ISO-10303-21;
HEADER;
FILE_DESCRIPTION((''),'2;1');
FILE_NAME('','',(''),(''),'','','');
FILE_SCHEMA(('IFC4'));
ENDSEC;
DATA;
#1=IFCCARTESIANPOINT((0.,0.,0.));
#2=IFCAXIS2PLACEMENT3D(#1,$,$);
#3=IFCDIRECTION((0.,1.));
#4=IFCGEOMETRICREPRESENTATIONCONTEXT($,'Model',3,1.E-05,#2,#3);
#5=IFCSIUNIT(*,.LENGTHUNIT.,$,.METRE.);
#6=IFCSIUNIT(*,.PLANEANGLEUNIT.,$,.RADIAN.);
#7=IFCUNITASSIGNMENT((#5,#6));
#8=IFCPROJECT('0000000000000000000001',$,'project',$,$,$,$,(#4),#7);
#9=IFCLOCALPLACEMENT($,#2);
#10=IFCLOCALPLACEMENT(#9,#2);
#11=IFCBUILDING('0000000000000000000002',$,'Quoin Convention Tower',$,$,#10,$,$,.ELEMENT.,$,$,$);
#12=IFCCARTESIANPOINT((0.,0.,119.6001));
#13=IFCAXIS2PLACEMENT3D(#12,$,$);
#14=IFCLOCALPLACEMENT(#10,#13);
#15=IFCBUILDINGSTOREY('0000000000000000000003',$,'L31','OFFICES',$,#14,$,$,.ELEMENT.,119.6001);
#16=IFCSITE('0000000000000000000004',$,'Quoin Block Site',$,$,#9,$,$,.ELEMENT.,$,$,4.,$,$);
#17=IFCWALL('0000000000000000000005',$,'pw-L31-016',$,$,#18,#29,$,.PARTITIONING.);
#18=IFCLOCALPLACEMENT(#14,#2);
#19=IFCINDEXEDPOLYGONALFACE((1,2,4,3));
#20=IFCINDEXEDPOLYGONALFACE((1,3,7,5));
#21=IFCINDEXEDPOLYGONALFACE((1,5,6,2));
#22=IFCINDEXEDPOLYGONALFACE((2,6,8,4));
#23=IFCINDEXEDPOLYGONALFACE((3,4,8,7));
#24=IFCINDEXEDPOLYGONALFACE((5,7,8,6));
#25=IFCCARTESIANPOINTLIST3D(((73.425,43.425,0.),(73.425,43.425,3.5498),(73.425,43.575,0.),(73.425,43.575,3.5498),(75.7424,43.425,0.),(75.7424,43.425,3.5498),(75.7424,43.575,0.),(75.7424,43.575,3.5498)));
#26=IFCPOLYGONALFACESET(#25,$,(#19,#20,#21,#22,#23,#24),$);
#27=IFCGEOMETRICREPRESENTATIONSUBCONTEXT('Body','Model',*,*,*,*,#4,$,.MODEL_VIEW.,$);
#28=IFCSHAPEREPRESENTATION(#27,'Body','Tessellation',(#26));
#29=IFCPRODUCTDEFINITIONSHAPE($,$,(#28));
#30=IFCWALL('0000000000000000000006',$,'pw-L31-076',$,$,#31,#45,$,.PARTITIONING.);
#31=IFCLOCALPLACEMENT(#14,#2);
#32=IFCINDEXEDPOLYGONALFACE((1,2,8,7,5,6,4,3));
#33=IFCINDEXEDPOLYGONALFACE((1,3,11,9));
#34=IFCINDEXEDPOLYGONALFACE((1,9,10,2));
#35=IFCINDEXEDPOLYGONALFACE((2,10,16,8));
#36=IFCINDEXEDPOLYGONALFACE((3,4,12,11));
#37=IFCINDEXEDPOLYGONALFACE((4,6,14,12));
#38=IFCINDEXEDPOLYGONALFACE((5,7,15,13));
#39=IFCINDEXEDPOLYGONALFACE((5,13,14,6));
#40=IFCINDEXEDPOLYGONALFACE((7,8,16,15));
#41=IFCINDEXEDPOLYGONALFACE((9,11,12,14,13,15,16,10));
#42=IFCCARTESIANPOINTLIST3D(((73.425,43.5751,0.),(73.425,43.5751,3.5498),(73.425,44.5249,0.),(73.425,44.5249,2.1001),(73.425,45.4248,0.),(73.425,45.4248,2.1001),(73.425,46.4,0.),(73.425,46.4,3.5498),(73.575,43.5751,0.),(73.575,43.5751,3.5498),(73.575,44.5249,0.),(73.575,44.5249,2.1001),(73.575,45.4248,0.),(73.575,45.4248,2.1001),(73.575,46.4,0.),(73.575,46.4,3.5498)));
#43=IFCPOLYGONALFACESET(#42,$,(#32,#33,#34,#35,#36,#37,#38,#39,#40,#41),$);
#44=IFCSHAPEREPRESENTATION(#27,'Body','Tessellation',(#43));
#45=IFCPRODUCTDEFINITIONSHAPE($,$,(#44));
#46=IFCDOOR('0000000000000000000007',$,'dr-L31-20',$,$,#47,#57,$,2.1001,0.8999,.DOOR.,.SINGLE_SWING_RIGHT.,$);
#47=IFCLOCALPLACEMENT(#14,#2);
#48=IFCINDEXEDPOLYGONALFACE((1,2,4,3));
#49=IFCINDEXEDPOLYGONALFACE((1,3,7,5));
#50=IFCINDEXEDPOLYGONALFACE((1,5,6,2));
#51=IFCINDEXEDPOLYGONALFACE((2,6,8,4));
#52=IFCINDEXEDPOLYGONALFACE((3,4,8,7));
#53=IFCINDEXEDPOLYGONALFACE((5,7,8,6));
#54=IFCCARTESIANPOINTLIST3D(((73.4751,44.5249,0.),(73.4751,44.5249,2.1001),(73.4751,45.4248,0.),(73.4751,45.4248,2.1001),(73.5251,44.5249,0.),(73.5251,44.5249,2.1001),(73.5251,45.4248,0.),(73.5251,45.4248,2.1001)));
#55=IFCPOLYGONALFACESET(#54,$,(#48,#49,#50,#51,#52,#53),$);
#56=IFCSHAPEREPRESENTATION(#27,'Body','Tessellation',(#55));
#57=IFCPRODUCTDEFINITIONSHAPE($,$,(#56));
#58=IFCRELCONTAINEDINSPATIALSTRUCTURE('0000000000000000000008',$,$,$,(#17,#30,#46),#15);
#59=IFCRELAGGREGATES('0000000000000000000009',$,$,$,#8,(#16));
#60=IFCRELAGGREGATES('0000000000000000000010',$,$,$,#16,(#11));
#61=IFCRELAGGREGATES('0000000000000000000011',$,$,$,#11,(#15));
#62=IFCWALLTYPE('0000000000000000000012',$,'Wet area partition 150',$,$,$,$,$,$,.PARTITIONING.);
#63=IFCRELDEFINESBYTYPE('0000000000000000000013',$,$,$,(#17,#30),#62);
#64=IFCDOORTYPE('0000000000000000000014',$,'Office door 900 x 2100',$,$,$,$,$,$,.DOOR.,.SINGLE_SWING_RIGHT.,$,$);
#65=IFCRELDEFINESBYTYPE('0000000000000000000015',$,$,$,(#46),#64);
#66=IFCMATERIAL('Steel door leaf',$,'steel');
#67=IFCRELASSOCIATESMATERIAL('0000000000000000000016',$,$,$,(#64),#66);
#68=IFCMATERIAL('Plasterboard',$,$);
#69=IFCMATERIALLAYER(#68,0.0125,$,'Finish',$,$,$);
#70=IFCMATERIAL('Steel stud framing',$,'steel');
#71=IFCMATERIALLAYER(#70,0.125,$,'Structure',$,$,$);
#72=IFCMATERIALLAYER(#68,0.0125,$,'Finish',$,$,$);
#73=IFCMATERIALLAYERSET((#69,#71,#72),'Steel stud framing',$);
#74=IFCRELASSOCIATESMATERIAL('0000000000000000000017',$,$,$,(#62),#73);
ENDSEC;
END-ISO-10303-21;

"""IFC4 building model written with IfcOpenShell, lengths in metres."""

from ifc_helpers import new_model, si_unit, direction, frame, frame_2d, origin, place, context, subcontext, project, spatial, rectangle, extrude, material, layer, layer_set, type_object, element, fill, save


model = new_model("IFC4")

# Units and contexts
model_context = context("Model", 3, precision=1e-05, world=origin(), true_north=direction((0.0, 1.0)))
body_context = subcontext(model_context, "Body", "Model", "MODEL_VIEW")
ifc_project = project(units=[si_unit("LENGTHUNIT", "METRE"), si_unit("PLANEANGLEUNIT", "RADIAN")], contexts=[model_context])

# Site, building, storey
site_placement = place(None, origin())
site = spatial("IfcSite", under=ifc_project, at=site_placement, Name="Quoin Block Site", CompositionType="ELEMENT", RefElevation=4.0)
building_placement = place(site_placement, origin())
building = spatial("IfcBuilding", under=site, at=building_placement, Name="Quoin Convention Tower", CompositionType="ELEMENT")
storey_placement = place(building_placement, frame((0.0, 0.0, 119.6001)))
storey = spatial("IfcBuildingStorey", under=building, at=storey_placement, Name="L31", Description="OFFICES", CompositionType="ELEMENT", Elevation=119.6001)

# Shared definitions
ifc_material_1 = material(Name="Plasterboard")
ifc_material_2 = material(Name="Steel stud framing", Category="steel")
ifc_material_3 = material(Name="Steel door leaf", Category="steel")
door_type_1 = type_object("IfcDoorType", Name="Office door 900 x 2100", OperationType="SINGLE_SWING_RIGHT", PredefinedType="DOOR", material=ifc_material_3)

# Wall
ifc_layer_1 = layer(ifc_material_1, 0.0125, Name="Finish")
ifc_layer_2 = layer(ifc_material_2, 0.125, Name="Structure")
ifc_layer_3 = layer(ifc_material_1, 0.0125, Name="Finish")
ifc_layer_set_1 = layer_set([ifc_layer_1, ifc_layer_2, ifc_layer_3], Name="Steel stud framing")
wall_type_1 = type_object("IfcWallType", Name="Wet area partition 150", PredefinedType="PARTITIONING", material=ifc_layer_set_1)
wall_1_placement = place(storey_placement, frame((73.425, 43.5, 0.0), z_axis=(0.0, 0.0, 1.0), x_axis=(1.0, 0.0, 0.0)))
element("IfcWall", 1, at=wall_1_placement, inside=storey, type_object=wall_type_1, Name="pw-L31-016", PredefinedType="PARTITIONING", context=body_context, shape_type="SweptSolid", body=[
    extrude(rectangle(XDim=2.3174, YDim=0.1499, at=frame_2d((1.1587, 0.0))), origin(), (0.0, 0.0, 1.0), 3.5498),
])

# Wall, opening, door
wall_2_placement = place(storey_placement, frame((73.5, 43.575, 0.0), z_axis=(0.0, 0.0, 1.0), x_axis=(0.0, 1.0, 0.0)))
wall_2 = element("IfcWall", 2, at=wall_2_placement, inside=storey, type_object=wall_type_1, Name="pw-L31-076", PredefinedType="PARTITIONING", context=body_context, shape_type="SweptSolid", body=[
    extrude(rectangle(XDim=2.825, YDim=0.1499, at=frame_2d((1.4126, 0.0))), origin(), (0.0, 0.0, 1.0), 3.5498),
])
opening_1_placement = place(wall_2_placement, frame((0.95, 0.0, 0.0)))
opening_1 = element("IfcOpeningElement", 3, at=opening_1_placement, cuts=wall_2, PredefinedType="OPENING", context=body_context, shape_type="SweptSolid", body=[
    extrude(rectangle(XDim=0.8999, YDim=2.1001, at=frame_2d((0.45, 1.05))), frame((0.0, 0.085, 0.0), z_axis=(0.0, -1.0, 0.0), x_axis=(1.0, 0.0, 0.0)), (0.0, 0.0, 1.0), 0.1699),
])
door_1_placement = place(opening_1_placement, origin())
door_1 = element("IfcDoor", 4, at=door_1_placement, inside=storey, type_object=door_type_1, Name="dr-L31-20", OperationType="SINGLE_SWING_RIGHT", OverallHeight=2.1001, OverallWidth=0.8999, PredefinedType="DOOR", context=body_context, shape_type="SweptSolid", body=[
    extrude(rectangle(XDim=0.8999, YDim=2.1001, at=frame_2d((0.45, 1.05))), frame((0.0, 0.0249, 0.0), z_axis=(0.0, -1.0, 0.0), x_axis=(1.0, 0.0, 0.0)), (0.0, 0.0, 1.0), 0.05),
])
fill(opening_1, door_1)

save(model, "model.ifc")
